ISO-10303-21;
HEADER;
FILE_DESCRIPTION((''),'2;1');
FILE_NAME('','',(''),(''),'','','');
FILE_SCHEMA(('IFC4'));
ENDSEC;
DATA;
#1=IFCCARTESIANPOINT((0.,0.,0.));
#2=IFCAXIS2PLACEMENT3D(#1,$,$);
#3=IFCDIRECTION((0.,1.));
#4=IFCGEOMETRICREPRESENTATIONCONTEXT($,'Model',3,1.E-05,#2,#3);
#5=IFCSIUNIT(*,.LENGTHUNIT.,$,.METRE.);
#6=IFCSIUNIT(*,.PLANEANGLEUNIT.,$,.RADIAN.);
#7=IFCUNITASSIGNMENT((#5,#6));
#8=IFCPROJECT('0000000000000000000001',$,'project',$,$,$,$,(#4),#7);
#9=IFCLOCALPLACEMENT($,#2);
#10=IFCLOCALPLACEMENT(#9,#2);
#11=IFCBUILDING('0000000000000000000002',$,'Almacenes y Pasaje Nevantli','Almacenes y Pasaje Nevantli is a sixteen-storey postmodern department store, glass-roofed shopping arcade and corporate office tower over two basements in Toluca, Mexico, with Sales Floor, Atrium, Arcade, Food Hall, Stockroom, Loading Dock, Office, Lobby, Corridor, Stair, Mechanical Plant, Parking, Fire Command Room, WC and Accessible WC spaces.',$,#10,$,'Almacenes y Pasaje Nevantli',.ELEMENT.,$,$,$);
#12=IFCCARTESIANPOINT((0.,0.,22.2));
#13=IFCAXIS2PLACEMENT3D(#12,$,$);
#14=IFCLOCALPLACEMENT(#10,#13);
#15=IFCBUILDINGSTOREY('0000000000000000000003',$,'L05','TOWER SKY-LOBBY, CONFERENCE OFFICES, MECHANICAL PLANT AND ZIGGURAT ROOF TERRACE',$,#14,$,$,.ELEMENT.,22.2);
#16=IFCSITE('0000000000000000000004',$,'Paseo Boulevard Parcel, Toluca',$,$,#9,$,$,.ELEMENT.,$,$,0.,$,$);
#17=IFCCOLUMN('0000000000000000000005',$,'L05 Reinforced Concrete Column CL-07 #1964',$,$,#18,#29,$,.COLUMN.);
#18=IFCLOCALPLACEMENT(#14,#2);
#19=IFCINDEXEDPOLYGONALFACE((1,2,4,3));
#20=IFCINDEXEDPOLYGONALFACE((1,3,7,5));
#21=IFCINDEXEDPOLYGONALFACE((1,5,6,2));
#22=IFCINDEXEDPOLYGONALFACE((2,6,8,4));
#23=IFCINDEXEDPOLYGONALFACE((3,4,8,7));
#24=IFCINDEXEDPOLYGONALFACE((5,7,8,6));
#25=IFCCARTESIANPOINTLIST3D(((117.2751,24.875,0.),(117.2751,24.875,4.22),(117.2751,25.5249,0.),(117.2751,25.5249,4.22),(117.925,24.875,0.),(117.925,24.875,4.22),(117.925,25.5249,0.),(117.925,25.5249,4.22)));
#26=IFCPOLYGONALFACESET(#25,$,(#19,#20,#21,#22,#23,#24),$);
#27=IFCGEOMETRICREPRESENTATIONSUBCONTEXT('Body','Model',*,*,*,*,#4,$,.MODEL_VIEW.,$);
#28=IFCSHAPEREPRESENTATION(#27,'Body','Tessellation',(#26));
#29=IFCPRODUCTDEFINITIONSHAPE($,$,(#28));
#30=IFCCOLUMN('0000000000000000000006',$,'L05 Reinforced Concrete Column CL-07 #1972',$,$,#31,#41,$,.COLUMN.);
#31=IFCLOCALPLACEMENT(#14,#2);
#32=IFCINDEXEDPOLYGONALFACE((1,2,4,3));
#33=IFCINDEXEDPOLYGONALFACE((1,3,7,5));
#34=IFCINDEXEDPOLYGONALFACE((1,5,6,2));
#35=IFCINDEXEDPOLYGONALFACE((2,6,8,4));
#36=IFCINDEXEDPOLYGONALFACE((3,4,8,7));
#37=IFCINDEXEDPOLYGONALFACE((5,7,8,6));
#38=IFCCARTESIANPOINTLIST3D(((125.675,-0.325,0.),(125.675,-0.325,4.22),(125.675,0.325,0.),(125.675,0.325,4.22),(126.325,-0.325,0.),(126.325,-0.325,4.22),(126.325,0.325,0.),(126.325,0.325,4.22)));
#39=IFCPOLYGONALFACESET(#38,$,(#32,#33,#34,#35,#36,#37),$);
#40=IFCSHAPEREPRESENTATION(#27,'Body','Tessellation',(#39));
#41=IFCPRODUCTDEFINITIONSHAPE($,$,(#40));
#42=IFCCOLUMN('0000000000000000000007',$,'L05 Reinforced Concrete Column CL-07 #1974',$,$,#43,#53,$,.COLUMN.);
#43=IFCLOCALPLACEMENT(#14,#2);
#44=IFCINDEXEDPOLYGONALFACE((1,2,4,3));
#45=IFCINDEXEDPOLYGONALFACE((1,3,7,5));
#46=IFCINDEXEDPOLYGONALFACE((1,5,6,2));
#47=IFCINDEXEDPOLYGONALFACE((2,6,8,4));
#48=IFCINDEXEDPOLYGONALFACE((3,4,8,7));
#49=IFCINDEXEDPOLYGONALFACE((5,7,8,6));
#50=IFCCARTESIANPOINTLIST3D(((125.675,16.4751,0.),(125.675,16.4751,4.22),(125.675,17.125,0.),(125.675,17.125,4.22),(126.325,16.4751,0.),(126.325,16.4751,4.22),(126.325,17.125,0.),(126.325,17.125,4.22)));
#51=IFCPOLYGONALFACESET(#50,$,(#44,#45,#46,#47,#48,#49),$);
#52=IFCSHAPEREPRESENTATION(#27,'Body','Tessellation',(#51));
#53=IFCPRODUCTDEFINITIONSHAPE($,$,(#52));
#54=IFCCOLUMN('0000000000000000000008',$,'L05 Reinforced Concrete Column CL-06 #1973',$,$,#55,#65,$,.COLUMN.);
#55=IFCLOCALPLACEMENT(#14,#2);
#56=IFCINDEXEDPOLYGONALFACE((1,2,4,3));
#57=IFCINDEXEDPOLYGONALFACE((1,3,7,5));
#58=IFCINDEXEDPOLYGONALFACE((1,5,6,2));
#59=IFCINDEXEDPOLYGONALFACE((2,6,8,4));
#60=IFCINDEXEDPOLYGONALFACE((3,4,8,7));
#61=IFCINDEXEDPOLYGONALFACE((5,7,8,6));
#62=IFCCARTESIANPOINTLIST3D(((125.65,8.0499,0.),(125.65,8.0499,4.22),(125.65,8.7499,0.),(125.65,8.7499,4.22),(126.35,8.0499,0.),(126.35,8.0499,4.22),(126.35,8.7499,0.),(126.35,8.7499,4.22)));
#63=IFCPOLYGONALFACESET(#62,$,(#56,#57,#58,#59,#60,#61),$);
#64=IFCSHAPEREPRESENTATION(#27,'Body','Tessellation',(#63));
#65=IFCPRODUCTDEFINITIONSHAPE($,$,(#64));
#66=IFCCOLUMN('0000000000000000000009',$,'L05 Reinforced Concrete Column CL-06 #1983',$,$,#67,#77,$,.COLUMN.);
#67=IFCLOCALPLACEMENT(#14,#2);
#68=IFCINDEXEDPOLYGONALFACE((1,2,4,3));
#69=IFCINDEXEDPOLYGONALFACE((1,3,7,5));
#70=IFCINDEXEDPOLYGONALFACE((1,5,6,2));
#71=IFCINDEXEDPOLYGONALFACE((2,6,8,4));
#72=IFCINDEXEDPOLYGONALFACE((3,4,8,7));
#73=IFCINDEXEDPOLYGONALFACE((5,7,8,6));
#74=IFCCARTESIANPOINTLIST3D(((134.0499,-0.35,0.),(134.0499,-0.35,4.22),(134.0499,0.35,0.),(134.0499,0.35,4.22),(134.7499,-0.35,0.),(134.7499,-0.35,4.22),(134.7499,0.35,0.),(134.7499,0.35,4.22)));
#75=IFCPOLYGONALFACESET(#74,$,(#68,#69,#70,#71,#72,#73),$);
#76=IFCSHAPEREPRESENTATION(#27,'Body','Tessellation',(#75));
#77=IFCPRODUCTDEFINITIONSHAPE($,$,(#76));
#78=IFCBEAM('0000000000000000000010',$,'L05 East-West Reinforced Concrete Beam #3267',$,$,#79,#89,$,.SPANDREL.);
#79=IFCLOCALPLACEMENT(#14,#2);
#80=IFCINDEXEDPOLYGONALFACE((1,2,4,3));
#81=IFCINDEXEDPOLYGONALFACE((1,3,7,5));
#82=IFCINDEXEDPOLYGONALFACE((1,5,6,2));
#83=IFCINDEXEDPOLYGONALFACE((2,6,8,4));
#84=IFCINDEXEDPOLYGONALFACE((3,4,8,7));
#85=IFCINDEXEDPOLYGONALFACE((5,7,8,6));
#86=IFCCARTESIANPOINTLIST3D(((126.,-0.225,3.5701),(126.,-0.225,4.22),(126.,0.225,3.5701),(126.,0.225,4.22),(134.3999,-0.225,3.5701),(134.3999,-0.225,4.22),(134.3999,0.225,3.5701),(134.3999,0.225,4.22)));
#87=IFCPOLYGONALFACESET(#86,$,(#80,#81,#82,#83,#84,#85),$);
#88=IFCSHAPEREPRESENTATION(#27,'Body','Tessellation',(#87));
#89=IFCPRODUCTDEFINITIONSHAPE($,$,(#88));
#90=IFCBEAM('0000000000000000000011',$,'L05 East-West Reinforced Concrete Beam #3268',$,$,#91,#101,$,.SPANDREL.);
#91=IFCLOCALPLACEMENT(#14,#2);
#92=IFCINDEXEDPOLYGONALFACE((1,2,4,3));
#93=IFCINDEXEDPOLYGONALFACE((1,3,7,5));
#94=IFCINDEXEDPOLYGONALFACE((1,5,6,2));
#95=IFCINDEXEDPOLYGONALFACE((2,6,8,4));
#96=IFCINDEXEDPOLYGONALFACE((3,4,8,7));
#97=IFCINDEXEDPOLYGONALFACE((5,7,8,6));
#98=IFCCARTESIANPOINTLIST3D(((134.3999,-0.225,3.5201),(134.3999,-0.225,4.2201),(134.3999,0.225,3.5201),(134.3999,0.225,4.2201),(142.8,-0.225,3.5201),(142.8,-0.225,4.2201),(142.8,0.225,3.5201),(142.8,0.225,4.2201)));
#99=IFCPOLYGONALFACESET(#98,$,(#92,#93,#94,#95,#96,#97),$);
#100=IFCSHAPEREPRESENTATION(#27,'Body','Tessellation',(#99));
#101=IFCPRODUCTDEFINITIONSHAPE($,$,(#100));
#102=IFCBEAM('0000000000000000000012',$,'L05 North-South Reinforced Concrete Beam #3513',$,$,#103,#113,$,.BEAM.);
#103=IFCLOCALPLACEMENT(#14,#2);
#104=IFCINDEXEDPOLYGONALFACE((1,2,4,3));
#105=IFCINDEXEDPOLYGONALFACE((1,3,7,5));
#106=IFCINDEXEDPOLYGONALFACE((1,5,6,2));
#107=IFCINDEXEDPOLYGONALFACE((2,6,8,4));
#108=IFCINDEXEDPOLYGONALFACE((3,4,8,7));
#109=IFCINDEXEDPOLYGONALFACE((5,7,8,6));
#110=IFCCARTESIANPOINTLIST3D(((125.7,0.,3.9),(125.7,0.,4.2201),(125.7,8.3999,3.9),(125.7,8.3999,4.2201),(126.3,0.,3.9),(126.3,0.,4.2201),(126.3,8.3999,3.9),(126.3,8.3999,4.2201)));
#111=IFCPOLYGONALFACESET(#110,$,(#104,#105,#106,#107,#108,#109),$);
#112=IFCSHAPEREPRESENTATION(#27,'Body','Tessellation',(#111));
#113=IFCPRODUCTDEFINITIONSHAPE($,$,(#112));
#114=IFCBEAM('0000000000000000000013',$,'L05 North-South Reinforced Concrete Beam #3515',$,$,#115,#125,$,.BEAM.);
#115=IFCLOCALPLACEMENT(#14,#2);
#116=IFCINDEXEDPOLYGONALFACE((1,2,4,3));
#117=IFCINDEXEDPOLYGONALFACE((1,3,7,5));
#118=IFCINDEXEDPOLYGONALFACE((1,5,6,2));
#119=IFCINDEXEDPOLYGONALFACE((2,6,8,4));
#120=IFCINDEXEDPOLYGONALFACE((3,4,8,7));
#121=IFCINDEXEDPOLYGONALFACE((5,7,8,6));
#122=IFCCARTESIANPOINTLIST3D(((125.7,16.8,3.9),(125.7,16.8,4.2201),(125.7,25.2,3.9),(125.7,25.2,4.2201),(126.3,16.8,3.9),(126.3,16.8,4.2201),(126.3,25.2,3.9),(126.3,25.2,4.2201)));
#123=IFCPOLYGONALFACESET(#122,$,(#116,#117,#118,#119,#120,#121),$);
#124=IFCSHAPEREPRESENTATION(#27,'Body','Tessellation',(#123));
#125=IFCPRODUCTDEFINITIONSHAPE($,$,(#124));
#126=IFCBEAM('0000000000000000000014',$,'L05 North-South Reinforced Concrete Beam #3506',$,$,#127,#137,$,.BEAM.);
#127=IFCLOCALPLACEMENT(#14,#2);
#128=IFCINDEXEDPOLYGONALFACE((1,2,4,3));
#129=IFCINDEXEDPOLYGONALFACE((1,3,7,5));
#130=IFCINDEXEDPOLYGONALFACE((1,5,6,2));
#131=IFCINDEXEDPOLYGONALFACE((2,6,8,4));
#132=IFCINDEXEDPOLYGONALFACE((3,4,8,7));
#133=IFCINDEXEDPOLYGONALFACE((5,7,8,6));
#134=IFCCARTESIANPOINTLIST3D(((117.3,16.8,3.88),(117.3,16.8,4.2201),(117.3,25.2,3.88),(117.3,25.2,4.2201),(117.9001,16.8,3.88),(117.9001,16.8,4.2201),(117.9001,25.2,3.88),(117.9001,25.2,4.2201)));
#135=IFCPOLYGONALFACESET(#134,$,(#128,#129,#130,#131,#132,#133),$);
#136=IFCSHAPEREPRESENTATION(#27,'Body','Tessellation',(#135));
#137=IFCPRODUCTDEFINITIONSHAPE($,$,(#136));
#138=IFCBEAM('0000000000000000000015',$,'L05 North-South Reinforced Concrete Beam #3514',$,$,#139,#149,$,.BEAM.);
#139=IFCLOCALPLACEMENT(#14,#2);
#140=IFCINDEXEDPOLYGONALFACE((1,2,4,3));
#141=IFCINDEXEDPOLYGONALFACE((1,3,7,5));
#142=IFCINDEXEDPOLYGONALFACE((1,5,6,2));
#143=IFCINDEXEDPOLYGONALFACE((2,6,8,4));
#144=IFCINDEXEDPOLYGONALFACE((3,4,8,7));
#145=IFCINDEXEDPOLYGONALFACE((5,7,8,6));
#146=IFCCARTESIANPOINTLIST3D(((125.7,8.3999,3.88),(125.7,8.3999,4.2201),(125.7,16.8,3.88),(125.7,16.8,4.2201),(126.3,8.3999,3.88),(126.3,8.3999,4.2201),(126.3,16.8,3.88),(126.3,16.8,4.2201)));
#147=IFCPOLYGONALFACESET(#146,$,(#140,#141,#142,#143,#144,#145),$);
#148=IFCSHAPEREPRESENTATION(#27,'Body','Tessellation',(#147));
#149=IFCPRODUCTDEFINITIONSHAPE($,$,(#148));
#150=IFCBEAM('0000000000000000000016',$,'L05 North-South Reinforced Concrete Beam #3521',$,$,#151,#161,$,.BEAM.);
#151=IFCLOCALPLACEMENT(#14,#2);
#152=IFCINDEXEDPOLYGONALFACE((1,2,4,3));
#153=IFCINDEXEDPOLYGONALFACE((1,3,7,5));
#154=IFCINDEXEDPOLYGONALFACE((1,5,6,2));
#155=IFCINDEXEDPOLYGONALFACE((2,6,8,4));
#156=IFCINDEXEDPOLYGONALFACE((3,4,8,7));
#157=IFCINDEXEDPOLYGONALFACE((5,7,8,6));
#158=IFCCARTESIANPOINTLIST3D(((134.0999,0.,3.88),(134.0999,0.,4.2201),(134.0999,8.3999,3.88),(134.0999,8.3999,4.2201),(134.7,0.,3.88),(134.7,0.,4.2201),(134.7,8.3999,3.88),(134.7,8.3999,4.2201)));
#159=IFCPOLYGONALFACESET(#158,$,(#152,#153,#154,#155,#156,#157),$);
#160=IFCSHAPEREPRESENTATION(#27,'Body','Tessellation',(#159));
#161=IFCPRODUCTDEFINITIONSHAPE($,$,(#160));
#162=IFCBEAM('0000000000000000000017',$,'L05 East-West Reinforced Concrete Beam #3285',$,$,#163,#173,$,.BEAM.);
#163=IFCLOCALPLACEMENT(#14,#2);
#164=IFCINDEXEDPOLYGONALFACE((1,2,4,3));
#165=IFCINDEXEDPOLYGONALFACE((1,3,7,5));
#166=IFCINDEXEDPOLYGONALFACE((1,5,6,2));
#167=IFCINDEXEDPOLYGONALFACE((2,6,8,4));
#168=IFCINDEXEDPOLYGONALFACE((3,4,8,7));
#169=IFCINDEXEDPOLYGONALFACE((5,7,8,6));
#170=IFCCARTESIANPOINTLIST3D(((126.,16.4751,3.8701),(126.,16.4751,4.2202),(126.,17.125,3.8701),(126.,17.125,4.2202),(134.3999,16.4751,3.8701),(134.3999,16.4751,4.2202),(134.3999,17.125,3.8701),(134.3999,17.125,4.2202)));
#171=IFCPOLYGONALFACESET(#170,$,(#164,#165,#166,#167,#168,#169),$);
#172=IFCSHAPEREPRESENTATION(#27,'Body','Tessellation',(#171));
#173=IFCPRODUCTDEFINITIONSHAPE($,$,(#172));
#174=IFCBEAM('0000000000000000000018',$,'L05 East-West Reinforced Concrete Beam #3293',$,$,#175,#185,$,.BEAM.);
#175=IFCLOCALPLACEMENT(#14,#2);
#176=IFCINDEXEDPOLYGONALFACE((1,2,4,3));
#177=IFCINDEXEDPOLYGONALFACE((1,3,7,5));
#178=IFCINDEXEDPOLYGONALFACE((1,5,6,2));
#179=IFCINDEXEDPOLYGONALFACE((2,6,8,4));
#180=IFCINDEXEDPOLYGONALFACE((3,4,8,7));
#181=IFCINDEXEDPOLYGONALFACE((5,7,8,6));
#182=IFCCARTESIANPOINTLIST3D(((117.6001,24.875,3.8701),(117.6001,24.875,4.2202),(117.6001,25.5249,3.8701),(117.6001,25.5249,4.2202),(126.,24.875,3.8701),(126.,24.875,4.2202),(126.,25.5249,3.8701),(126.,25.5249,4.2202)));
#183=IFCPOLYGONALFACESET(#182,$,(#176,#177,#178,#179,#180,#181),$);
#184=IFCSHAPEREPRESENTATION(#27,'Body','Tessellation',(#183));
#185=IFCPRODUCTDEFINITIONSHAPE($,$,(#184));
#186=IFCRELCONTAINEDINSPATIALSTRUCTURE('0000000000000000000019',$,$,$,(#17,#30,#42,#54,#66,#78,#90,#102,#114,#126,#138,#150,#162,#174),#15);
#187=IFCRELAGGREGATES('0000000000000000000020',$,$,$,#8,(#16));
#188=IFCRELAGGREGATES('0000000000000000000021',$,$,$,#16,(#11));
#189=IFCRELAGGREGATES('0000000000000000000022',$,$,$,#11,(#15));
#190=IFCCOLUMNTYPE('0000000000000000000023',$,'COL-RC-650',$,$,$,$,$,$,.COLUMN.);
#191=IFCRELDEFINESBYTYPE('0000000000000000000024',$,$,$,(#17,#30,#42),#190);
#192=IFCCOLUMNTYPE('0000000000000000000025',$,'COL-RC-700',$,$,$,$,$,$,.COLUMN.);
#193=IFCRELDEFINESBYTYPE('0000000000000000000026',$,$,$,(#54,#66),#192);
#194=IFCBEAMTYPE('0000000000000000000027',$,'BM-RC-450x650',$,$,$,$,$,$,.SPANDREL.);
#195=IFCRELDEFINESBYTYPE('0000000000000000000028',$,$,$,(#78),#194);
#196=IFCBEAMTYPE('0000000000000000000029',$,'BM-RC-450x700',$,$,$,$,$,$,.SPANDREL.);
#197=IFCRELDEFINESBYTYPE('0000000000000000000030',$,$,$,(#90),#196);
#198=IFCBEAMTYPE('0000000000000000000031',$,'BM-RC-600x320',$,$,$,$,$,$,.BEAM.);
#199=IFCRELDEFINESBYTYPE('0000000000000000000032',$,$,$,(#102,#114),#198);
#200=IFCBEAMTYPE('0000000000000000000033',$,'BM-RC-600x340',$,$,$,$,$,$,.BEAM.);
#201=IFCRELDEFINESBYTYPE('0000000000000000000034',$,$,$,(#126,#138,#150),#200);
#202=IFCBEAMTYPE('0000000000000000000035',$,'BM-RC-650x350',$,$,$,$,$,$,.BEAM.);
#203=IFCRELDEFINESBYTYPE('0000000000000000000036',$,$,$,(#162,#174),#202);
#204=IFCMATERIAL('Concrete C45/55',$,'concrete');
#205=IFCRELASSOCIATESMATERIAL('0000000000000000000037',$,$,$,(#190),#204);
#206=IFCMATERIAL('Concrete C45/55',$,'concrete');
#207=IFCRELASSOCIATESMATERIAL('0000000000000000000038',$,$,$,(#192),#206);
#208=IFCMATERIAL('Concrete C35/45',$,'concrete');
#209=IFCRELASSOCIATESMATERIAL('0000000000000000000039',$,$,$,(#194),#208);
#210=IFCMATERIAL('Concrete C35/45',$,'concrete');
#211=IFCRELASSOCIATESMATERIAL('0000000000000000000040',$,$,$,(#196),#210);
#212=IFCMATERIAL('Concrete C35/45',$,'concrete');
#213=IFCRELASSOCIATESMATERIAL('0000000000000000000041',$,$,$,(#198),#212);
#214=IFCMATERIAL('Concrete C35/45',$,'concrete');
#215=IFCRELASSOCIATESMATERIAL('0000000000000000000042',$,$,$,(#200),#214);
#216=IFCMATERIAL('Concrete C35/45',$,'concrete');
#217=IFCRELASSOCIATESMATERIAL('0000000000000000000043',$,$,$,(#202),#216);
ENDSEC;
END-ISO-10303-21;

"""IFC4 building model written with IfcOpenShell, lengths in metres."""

from ifc_helpers import new_model, si_unit, direction, frame, origin, origin_2d, place, context, subcontext, project, spatial, rectangle, extrude, material, material_profile, profile_set, type_object, element, save


model = new_model("IFC4")

# Units and contexts
model_context = context("Model", 3, precision=1e-05, world=origin(), true_north=direction((0.0, 1.0)))
body_context = subcontext(model_context, "Body", "Model", "MODEL_VIEW")
ifc_project = project(units=[si_unit("LENGTHUNIT", "METRE"), si_unit("PLANEANGLEUNIT", "RADIAN")], contexts=[model_context])

# Site, building, storey
site_placement = place(None, origin())
site = spatial("IfcSite", under=ifc_project, at=site_placement, Name="Paseo Boulevard Parcel, Toluca", CompositionType="ELEMENT", RefElevation=0.0)
building_placement = place(site_placement, origin())
building = spatial("IfcBuilding", under=site, at=building_placement, Name="Almacenes y Pasaje Nevantli", Description="Almacenes y Pasaje Nevantli is a sixteen-storey postmodern department store, glass-roofed shopping arcade and corporate office tower over two basements in Toluca, Mexico, with Sales Floor, Atrium, Arcade, Food Hall, Stockroom, Loading Dock, Office, Lobby, Corridor, Stair, Mechanical Plant, Parking, Fire Command Room, WC and Accessible WC spaces.", LongName="Almacenes y Pasaje Nevantli", CompositionType="ELEMENT")
storey_placement = place(building_placement, frame((0.0, 0.0, 22.2)))
storey = spatial("IfcBuildingStorey", under=building, at=storey_placement, Name="L05", Description="TOWER SKY-LOBBY, CONFERENCE OFFICES, MECHANICAL PLANT AND ZIGGURAT ROOF TERRACE", CompositionType="ELEMENT", Elevation=22.2)

# Columns
ifc_material_1 = material(Name="Concrete C45/55", Category="concrete")
ifc_material_profile_1 = material_profile(ifc_material_1, rectangle(XDim=0.6499, YDim=0.6499, at=origin_2d()), Name="RC-COL-650x650")
ifc_profile_set_1 = profile_set([ifc_material_profile_1], Name="Concrete C45/55")
column_type_1 = type_object("IfcColumnType", Name="COL-RC-650", PredefinedType="COLUMN", material=ifc_profile_set_1)
for number, where, z_axis, x_axis, name in (
    (1, (117.6001, 25.2, 0.0), (0.0, 0.0, 1.0), (1.0, 0.0, 0.0), "L05 Reinforced Concrete Column CL-07 #1964"),
    (2, (126.0, 0.0, 0.0), (0.0, 0.0, 1.0), (1.0, 0.0, 0.0), "L05 Reinforced Concrete Column CL-07 #1972"),
    (3, (126.0, 16.8, 0.0), (0.0, 0.0, 1.0), (1.0, 0.0, 0.0), "L05 Reinforced Concrete Column CL-07 #1974"),
):
    element("IfcColumn", number, at=place(storey_placement, frame(where, z_axis=z_axis, x_axis=x_axis)), inside=storey, type_object=column_type_1, Name=name, PredefinedType="COLUMN", context=body_context, shape_type="SweptSolid", body=[
        extrude(rectangle(XDim=0.6499, YDim=0.6499, at=origin_2d()), origin(), (0.0, 0.0, 1.0), 4.22),
    ])
ifc_material_2 = material(Name="Concrete C45/55", Category="concrete")
ifc_material_profile_2 = material_profile(ifc_material_2, rectangle(XDim=0.7, YDim=0.7, at=origin_2d()), Name="RC-COL-700x700")
ifc_profile_set_2 = profile_set([ifc_material_profile_2], Name="Concrete C45/55")
column_type_2 = type_object("IfcColumnType", Name="COL-RC-700", PredefinedType="COLUMN", material=ifc_profile_set_2)
for number, where, z_axis, x_axis, name in (
    (4, (126.0, 8.3999, 0.0), (0.0, 0.0, 1.0), (1.0, 0.0, 0.0), "L05 Reinforced Concrete Column CL-06 #1973"),
    (5, (134.3999, 0.0, 0.0), (0.0, 0.0, 1.0), (1.0, 0.0, 0.0), "L05 Reinforced Concrete Column CL-06 #1983"),
):
    element("IfcColumn", number, at=place(storey_placement, frame(where, z_axis=z_axis, x_axis=x_axis)), inside=storey, type_object=column_type_2, Name=name, PredefinedType="COLUMN", context=body_context, shape_type="SweptSolid", body=[
        extrude(rectangle(XDim=0.7, YDim=0.7, at=origin_2d()), origin(), (0.0, 0.0, 1.0), 4.22),
    ])

# Beams
ifc_material_3 = material(Name="Concrete C35/45", Category="concrete")
ifc_material_profile_3 = material_profile(ifc_material_3, rectangle(XDim=0.45, YDim=0.6499, at=origin_2d()), Name="RC-BM-450x650")
ifc_profile_set_3 = profile_set([ifc_material_profile_3], Name="Concrete C35/45")
beam_type_1 = type_object("IfcBeamType", Name="BM-RC-450x650", PredefinedType="SPANDREL", material=ifc_profile_set_3)
beam_1_placement = place(storey_placement, frame((126.0, 0.0, 3.895), z_axis=(1.0, 0.0, 0.0), x_axis=(0.0, 1.0, 0.0)))
element("IfcBeam", 6, at=beam_1_placement, inside=storey, type_object=beam_type_1, Name="L05 East-West Reinforced Concrete Beam #3267", PredefinedType="SPANDREL", context=body_context, shape_type="SweptSolid", body=[
    extrude(rectangle(XDim=0.45, YDim=0.6499, at=origin_2d()), origin(), (0.0, 0.0, 1.0), 8.3999),
])
ifc_material_4 = material(Name="Concrete C35/45", Category="concrete")
ifc_material_profile_4 = material_profile(ifc_material_4, rectangle(XDim=0.45, YDim=0.7, at=origin_2d()), Name="RC-BM-450x700")
ifc_profile_set_4 = profile_set([ifc_material_profile_4], Name="Concrete C35/45")
beam_type_2 = type_object("IfcBeamType", Name="BM-RC-450x700", PredefinedType="SPANDREL", material=ifc_profile_set_4)
beam_2_placement = place(storey_placement, frame((134.3999, 0.0, 3.8701), z_axis=(1.0, 0.0, 0.0), x_axis=(0.0, 1.0, 0.0)))
element("IfcBeam", 7, at=beam_2_placement, inside=storey, type_object=beam_type_2, Name="L05 East-West Reinforced Concrete Beam #3268", PredefinedType="SPANDREL", context=body_context, shape_type="SweptSolid", body=[
    extrude(rectangle(XDim=0.45, YDim=0.7, at=origin_2d()), origin(), (0.0, 0.0, 1.0), 8.4001),
])
ifc_material_5 = material(Name="Concrete C35/45", Category="concrete")
ifc_material_profile_5 = material_profile(ifc_material_5, rectangle(XDim=0.6001, YDim=0.3201, at=origin_2d()), Name="RC-BM-600x320")
ifc_profile_set_5 = profile_set([ifc_material_profile_5], Name="Concrete C35/45")
beam_type_3 = type_object("IfcBeamType", Name="BM-RC-600x320", PredefinedType="BEAM", material=ifc_profile_set_5)
for number, where, z_axis, x_axis, name in (
    (8, (126.0, 0.0, 4.0601), (0.0, 1.0, 0.0), (-1.0, 0.0, 0.0), "L05 North-South Reinforced Concrete Beam #3513"),
    (9, (126.0, 16.8, 4.0601), (0.0, 1.0, 0.0), (-1.0, 0.0, 0.0), "L05 North-South Reinforced Concrete Beam #3515"),
):
    element("IfcBeam", number, at=place(storey_placement, frame(where, z_axis=z_axis, x_axis=x_axis)), inside=storey, type_object=beam_type_3, Name=name, PredefinedType="BEAM", context=body_context, shape_type="SweptSolid", body=[
        extrude(rectangle(XDim=0.6001, YDim=0.3201, at=origin_2d()), origin(), (0.0, 0.0, 1.0), 8.3999),
    ])
ifc_material_6 = material(Name="Concrete C35/45", Category="concrete")
ifc_material_profile_6 = material_profile(ifc_material_6, rectangle(XDim=0.6001, YDim=0.3401, at=origin_2d()), Name="RC-BM-600x340")
ifc_profile_set_6 = profile_set([ifc_material_profile_6], Name="Concrete C35/45")
beam_type_4 = type_object("IfcBeamType", Name="BM-RC-600x340", PredefinedType="BEAM", material=ifc_profile_set_6)
beam_3_placement = place(storey_placement, frame((117.6001, 16.8, 4.05), z_axis=(0.0, 1.0, 0.0), x_axis=(-1.0, 0.0, 0.0)))
element("IfcBeam", 10, at=beam_3_placement, inside=storey, type_object=beam_type_4, Name="L05 North-South Reinforced Concrete Beam #3506", PredefinedType="BEAM", context=body_context, shape_type="SweptSolid", body=[
    extrude(rectangle(XDim=0.6001, YDim=0.3401, at=origin_2d()), origin(), (0.0, 0.0, 1.0), 8.3999),
])
beam_4_placement = place(storey_placement, frame((126.0, 8.3999, 4.05), z_axis=(0.0, 1.0, 0.0), x_axis=(-1.0, 0.0, 0.0)))
element("IfcBeam", 11, at=beam_4_placement, inside=storey, type_object=beam_type_4, Name="L05 North-South Reinforced Concrete Beam #3514", PredefinedType="BEAM", context=body_context, shape_type="SweptSolid", body=[
    extrude(rectangle(XDim=0.6001, YDim=0.3401, at=origin_2d()), origin(), (0.0, 0.0, 1.0), 8.4001),
])
beam_5_placement = place(storey_placement, frame((134.3999, 0.0, 4.05), z_axis=(0.0, 1.0, 0.0), x_axis=(-1.0, 0.0, 0.0)))
element("IfcBeam", 12, at=beam_5_placement, inside=storey, type_object=beam_type_4, Name="L05 North-South Reinforced Concrete Beam #3521", PredefinedType="BEAM", context=body_context, shape_type="SweptSolid", body=[
    extrude(rectangle(XDim=0.6001, YDim=0.3401, at=origin_2d()), origin(), (0.0, 0.0, 1.0), 8.3999),
])
ifc_material_7 = material(Name="Concrete C35/45", Category="concrete")
ifc_material_profile_7 = material_profile(ifc_material_7, rectangle(XDim=0.6499, YDim=0.3501, at=origin_2d()), Name="RC-BM-650x350")
ifc_profile_set_7 = profile_set([ifc_material_profile_7], Name="Concrete C35/45")
beam_type_5 = type_object("IfcBeamType", Name="BM-RC-650x350", PredefinedType="BEAM", material=ifc_profile_set_7)
for number, where, z_axis, x_axis, name in (
    (13, (126.0, 16.8, 4.0452), (1.0, 0.0, 0.0), (0.0, 1.0, 0.0), "L05 East-West Reinforced Concrete Beam #3285"),
    (14, (117.6001, 25.2, 4.0452), (1.0, 0.0, 0.0), (0.0, 1.0, 0.0), "L05 East-West Reinforced Concrete Beam #3293"),
):
    element("IfcBeam", number, at=place(storey_placement, frame(where, z_axis=z_axis, x_axis=x_axis)), inside=storey, type_object=beam_type_5, Name=name, PredefinedType="BEAM", context=body_context, shape_type="SweptSolid", body=[
        extrude(rectangle(XDim=0.6499, YDim=0.3501, at=origin_2d()), origin(), (0.0, 0.0, 1.0), 8.3999),
    ])

save(model, "model.ifc")
